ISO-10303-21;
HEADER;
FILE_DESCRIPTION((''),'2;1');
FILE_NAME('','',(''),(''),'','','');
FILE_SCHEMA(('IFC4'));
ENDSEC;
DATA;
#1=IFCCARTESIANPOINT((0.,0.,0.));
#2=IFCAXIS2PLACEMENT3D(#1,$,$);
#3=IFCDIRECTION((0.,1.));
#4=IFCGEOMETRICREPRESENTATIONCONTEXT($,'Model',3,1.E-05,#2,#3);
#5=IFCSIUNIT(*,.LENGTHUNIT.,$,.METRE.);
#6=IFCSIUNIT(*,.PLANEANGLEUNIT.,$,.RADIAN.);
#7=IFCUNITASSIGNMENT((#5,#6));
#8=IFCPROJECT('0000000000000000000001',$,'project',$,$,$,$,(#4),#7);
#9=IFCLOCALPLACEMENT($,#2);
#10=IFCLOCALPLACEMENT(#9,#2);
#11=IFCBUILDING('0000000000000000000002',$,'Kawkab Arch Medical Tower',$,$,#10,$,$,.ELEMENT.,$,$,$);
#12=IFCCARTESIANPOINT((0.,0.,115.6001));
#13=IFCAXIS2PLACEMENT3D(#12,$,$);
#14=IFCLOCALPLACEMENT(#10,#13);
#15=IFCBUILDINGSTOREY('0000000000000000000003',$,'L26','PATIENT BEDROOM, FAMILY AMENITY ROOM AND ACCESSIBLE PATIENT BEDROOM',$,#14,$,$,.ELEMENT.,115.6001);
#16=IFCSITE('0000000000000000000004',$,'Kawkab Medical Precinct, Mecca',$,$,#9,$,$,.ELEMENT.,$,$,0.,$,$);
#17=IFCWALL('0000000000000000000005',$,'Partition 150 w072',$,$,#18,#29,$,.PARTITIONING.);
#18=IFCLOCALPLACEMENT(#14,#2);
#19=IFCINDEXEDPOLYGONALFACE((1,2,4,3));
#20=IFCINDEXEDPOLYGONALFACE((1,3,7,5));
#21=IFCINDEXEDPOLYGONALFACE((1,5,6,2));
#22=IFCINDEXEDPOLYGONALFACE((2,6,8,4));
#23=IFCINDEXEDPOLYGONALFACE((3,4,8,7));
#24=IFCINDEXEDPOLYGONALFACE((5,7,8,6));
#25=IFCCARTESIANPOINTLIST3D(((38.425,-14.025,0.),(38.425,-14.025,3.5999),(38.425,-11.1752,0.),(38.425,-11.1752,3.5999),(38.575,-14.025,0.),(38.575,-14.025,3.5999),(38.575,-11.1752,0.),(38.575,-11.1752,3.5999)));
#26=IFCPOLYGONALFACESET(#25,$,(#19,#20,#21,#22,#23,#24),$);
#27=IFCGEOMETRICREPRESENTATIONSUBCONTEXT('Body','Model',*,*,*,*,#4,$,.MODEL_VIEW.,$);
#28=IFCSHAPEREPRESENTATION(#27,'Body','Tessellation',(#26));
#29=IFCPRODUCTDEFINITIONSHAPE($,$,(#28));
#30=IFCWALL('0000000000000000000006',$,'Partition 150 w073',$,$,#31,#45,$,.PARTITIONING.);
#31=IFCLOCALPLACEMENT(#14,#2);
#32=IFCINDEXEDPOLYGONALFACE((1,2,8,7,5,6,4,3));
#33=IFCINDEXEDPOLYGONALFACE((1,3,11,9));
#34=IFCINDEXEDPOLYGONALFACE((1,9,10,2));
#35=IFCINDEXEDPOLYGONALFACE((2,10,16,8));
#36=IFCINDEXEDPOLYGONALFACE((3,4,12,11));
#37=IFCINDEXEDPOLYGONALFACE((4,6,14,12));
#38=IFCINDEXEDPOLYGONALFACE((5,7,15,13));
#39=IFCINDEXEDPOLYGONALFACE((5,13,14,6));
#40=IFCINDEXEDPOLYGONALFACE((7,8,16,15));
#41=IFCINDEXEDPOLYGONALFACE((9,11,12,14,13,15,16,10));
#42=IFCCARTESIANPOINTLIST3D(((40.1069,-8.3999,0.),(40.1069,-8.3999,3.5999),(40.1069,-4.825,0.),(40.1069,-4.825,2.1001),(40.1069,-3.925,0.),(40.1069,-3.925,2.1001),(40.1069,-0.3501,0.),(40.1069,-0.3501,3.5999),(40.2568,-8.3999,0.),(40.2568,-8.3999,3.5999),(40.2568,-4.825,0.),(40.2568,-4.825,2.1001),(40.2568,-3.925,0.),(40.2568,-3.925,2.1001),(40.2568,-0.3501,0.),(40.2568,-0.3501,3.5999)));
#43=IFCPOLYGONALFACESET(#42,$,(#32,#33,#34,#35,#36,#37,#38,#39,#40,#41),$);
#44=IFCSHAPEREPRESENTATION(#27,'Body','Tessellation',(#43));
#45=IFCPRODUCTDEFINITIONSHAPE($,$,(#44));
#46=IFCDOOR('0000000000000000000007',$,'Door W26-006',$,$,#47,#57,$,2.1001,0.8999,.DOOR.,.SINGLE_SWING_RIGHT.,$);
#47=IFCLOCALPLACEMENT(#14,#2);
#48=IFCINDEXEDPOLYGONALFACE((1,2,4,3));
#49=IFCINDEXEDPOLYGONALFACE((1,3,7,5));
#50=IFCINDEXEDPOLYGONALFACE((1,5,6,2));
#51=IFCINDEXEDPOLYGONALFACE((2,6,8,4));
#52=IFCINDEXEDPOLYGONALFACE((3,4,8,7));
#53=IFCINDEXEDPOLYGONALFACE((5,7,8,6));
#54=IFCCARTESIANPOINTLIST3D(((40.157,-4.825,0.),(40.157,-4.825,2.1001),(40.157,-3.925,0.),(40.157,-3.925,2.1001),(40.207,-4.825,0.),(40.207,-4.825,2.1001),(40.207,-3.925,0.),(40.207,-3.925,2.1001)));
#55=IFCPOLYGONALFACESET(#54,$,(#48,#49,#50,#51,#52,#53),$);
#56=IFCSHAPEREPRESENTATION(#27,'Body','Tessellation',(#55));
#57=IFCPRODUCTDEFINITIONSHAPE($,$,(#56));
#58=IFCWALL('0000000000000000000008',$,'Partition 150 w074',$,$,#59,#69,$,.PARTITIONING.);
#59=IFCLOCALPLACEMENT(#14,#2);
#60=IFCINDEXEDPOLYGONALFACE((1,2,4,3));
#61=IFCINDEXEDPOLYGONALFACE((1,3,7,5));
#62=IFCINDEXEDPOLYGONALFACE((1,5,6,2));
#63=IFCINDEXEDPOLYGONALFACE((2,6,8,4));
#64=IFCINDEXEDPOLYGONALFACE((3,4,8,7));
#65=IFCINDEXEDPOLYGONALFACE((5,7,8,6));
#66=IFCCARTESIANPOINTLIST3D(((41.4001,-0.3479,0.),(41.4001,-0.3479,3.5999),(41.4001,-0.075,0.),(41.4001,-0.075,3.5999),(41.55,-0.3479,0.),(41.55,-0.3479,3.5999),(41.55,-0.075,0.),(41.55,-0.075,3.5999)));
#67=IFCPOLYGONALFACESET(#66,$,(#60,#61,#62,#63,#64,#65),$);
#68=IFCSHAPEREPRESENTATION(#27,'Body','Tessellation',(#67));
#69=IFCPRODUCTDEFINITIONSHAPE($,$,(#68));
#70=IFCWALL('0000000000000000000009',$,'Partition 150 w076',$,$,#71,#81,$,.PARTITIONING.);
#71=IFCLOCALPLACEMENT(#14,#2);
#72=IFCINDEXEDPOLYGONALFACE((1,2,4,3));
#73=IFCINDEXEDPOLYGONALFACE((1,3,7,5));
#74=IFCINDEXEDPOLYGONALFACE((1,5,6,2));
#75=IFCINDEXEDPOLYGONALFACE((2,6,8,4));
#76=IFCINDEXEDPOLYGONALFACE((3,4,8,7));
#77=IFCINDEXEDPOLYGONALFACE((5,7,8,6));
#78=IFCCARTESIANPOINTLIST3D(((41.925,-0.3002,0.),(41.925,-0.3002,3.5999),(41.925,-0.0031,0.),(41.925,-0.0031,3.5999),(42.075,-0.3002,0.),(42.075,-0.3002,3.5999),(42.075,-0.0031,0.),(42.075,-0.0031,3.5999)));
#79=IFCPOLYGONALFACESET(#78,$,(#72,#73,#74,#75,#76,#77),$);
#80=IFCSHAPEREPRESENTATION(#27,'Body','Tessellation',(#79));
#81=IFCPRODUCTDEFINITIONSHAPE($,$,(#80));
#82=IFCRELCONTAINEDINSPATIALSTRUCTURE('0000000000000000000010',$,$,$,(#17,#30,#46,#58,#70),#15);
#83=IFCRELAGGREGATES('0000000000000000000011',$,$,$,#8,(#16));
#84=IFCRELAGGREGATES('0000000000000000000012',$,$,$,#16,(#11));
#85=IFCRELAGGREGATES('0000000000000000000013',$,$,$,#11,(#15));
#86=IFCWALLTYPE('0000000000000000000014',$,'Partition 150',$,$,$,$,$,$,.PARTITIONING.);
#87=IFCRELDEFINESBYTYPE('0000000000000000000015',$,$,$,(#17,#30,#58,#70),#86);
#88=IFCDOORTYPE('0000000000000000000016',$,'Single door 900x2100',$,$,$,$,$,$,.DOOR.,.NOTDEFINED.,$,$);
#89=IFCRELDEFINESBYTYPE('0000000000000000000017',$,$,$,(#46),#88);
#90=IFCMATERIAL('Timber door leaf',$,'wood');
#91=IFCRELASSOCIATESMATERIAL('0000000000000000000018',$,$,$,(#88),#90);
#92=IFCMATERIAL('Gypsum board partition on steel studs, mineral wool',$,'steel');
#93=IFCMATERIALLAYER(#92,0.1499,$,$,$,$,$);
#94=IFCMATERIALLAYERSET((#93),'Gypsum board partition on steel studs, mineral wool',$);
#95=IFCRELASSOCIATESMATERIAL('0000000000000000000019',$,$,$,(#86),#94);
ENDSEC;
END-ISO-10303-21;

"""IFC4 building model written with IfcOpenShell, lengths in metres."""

from ifc_helpers import new_model, si_unit, direction, frame, frame_2d, origin, place, context, subcontext, project, spatial, rectangle, extrude, material, layer, layer_set, type_object, element, fill, save


model = new_model("IFC4")

# Units and contexts
model_context = context("Model", 3, precision=1e-05, world=origin(), true_north=direction((0.0, 1.0)))
body_context = subcontext(model_context, "Body", "Model", "MODEL_VIEW")
ifc_project = project(units=[si_unit("LENGTHUNIT", "METRE"), si_unit("PLANEANGLEUNIT", "RADIAN")], contexts=[model_context])

# Site, building, storey
site_placement = place(None, origin())
site = spatial("IfcSite", under=ifc_project, at=site_placement, Name="Kawkab Medical Precinct, Mecca", CompositionType="ELEMENT", RefElevation=0.0)
building_placement = place(site_placement, origin())
building = spatial("IfcBuilding", under=site, at=building_placement, Name="Kawkab Arch Medical Tower", CompositionType="ELEMENT")
storey_placement = place(building_placement, frame((0.0, 0.0, 115.6001)))
storey = spatial("IfcBuildingStorey", under=building, at=storey_placement, Name="L26", Description="PATIENT BEDROOM, FAMILY AMENITY ROOM AND ACCESSIBLE PATIENT BEDROOM", CompositionType="ELEMENT", Elevation=115.6001)

# Shared definitions
ifc_material_1 = material(Name="Timber door leaf", Category="wood")
door_type_1 = type_object("IfcDoorType", Name="Single door 900x2100", OperationType="NOTDEFINED", PredefinedType="DOOR", material=ifc_material_1)

# Shared definitions
ifc_material_2 = material(Name="Gypsum board partition on steel studs, mineral wool", Category="steel")
ifc_layer_1 = layer(ifc_material_2, 0.1499)
ifc_layer_set_1 = layer_set([ifc_layer_1], Name="Gypsum board partition on steel studs, mineral wool")
wall_type_1 = type_object("IfcWallType", Name="Partition 150", PredefinedType="PARTITIONING", material=ifc_layer_set_1)

# Wall
wall_1_placement = place(storey_placement, frame((38.5, -14.0249, 0.0), z_axis=(0.0, 0.0, 1.0), x_axis=(0.0, 1.0, 0.0)))
element("IfcWall", 1, at=wall_1_placement, inside=storey, type_object=wall_type_1, Name="Partition 150 w072", PredefinedType="PARTITIONING", context=body_context, shape_type="SweptSolid", body=[
    extrude(rectangle(XDim=2.8499, YDim=0.1499, at=frame_2d((1.4248, 0.0))), origin(), (0.0, 0.0, 1.0), 3.5999),
])

# Wall, opening, door
wall_2_placement = place(storey_placement, frame((40.1819, -8.3999, 0.0), z_axis=(0.0, 0.0, 1.0), x_axis=(0.0, 1.0, 0.0)))
wall_2 = element("IfcWall", 2, at=wall_2_placement, inside=storey, type_object=wall_type_1, Name="Partition 150 w073", PredefinedType="PARTITIONING", context=body_context, shape_type="SweptSolid", body=[
    extrude(rectangle(XDim=8.0498, YDim=0.1499, at=frame_2d((4.0249, 0.0))), origin(), (0.0, 0.0, 1.0), 3.5999),
])
opening_1_placement = place(wall_2_placement, frame((3.575, 0.0, 0.0)))
opening_1 = element("IfcOpeningElement", 3, at=opening_1_placement, cuts=wall_2, PredefinedType="OPENING", context=body_context, shape_type="SweptSolid", body=[
    extrude(rectangle(XDim=0.8999, YDim=2.1001, at=frame_2d((0.45, 1.05))), frame((0.0, 0.085, 0.0), z_axis=(0.0, -1.0, 0.0), x_axis=(1.0, 0.0, 0.0)), (0.0, 0.0, 1.0), 0.1699),
])
door_1_placement = place(opening_1_placement, origin())
door_1 = element("IfcDoor", 4, at=door_1_placement, inside=storey, type_object=door_type_1, Name="Door W26-006", OperationType="SINGLE_SWING_RIGHT", OverallHeight=2.1001, OverallWidth=0.8999, PredefinedType="DOOR", context=body_context, shape_type="SweptSolid", body=[
    extrude(rectangle(XDim=0.8999, YDim=2.1001, at=frame_2d((0.45, 1.05))), frame((0.0, 0.0249, 0.0), z_axis=(0.0, -1.0, 0.0), x_axis=(1.0, 0.0, 0.0)), (0.0, 0.0, 1.0), 0.05),
])
fill(opening_1, door_1)

# Walls
wall_3_placement = place(storey_placement, frame((41.4751, -0.3479, 0.0), z_axis=(0.0, 0.0, 1.0), x_axis=(0.0, 1.0, 0.0)))
element("IfcWall", 5, at=wall_3_placement, inside=storey, type_object=wall_type_1, Name="Partition 150 w074", PredefinedType="PARTITIONING", context=body_context, shape_type="SweptSolid", body=[
    extrude(rectangle(XDim=0.2729, YDim=0.1499, at=frame_2d((0.1365, 0.0))), origin(), (0.0, 0.0, 1.0), 3.5999),
])
wall_4_placement = place(storey_placement, frame((42.0, -0.3, 0.0), z_axis=(0.0, 0.0, 1.0), x_axis=(0.0, 1.0, 0.0)))
element("IfcWall", 6, at=wall_4_placement, inside=storey, type_object=wall_type_1, Name="Partition 150 w076", PredefinedType="PARTITIONING", context=body_context, shape_type="SweptSolid", body=[
    extrude(rectangle(XDim=0.2971, YDim=0.1499, at=frame_2d((0.1484, 0.0))), origin(), (0.0, 0.0, 1.0), 3.5999),
])

save(model, "model.ifc")
